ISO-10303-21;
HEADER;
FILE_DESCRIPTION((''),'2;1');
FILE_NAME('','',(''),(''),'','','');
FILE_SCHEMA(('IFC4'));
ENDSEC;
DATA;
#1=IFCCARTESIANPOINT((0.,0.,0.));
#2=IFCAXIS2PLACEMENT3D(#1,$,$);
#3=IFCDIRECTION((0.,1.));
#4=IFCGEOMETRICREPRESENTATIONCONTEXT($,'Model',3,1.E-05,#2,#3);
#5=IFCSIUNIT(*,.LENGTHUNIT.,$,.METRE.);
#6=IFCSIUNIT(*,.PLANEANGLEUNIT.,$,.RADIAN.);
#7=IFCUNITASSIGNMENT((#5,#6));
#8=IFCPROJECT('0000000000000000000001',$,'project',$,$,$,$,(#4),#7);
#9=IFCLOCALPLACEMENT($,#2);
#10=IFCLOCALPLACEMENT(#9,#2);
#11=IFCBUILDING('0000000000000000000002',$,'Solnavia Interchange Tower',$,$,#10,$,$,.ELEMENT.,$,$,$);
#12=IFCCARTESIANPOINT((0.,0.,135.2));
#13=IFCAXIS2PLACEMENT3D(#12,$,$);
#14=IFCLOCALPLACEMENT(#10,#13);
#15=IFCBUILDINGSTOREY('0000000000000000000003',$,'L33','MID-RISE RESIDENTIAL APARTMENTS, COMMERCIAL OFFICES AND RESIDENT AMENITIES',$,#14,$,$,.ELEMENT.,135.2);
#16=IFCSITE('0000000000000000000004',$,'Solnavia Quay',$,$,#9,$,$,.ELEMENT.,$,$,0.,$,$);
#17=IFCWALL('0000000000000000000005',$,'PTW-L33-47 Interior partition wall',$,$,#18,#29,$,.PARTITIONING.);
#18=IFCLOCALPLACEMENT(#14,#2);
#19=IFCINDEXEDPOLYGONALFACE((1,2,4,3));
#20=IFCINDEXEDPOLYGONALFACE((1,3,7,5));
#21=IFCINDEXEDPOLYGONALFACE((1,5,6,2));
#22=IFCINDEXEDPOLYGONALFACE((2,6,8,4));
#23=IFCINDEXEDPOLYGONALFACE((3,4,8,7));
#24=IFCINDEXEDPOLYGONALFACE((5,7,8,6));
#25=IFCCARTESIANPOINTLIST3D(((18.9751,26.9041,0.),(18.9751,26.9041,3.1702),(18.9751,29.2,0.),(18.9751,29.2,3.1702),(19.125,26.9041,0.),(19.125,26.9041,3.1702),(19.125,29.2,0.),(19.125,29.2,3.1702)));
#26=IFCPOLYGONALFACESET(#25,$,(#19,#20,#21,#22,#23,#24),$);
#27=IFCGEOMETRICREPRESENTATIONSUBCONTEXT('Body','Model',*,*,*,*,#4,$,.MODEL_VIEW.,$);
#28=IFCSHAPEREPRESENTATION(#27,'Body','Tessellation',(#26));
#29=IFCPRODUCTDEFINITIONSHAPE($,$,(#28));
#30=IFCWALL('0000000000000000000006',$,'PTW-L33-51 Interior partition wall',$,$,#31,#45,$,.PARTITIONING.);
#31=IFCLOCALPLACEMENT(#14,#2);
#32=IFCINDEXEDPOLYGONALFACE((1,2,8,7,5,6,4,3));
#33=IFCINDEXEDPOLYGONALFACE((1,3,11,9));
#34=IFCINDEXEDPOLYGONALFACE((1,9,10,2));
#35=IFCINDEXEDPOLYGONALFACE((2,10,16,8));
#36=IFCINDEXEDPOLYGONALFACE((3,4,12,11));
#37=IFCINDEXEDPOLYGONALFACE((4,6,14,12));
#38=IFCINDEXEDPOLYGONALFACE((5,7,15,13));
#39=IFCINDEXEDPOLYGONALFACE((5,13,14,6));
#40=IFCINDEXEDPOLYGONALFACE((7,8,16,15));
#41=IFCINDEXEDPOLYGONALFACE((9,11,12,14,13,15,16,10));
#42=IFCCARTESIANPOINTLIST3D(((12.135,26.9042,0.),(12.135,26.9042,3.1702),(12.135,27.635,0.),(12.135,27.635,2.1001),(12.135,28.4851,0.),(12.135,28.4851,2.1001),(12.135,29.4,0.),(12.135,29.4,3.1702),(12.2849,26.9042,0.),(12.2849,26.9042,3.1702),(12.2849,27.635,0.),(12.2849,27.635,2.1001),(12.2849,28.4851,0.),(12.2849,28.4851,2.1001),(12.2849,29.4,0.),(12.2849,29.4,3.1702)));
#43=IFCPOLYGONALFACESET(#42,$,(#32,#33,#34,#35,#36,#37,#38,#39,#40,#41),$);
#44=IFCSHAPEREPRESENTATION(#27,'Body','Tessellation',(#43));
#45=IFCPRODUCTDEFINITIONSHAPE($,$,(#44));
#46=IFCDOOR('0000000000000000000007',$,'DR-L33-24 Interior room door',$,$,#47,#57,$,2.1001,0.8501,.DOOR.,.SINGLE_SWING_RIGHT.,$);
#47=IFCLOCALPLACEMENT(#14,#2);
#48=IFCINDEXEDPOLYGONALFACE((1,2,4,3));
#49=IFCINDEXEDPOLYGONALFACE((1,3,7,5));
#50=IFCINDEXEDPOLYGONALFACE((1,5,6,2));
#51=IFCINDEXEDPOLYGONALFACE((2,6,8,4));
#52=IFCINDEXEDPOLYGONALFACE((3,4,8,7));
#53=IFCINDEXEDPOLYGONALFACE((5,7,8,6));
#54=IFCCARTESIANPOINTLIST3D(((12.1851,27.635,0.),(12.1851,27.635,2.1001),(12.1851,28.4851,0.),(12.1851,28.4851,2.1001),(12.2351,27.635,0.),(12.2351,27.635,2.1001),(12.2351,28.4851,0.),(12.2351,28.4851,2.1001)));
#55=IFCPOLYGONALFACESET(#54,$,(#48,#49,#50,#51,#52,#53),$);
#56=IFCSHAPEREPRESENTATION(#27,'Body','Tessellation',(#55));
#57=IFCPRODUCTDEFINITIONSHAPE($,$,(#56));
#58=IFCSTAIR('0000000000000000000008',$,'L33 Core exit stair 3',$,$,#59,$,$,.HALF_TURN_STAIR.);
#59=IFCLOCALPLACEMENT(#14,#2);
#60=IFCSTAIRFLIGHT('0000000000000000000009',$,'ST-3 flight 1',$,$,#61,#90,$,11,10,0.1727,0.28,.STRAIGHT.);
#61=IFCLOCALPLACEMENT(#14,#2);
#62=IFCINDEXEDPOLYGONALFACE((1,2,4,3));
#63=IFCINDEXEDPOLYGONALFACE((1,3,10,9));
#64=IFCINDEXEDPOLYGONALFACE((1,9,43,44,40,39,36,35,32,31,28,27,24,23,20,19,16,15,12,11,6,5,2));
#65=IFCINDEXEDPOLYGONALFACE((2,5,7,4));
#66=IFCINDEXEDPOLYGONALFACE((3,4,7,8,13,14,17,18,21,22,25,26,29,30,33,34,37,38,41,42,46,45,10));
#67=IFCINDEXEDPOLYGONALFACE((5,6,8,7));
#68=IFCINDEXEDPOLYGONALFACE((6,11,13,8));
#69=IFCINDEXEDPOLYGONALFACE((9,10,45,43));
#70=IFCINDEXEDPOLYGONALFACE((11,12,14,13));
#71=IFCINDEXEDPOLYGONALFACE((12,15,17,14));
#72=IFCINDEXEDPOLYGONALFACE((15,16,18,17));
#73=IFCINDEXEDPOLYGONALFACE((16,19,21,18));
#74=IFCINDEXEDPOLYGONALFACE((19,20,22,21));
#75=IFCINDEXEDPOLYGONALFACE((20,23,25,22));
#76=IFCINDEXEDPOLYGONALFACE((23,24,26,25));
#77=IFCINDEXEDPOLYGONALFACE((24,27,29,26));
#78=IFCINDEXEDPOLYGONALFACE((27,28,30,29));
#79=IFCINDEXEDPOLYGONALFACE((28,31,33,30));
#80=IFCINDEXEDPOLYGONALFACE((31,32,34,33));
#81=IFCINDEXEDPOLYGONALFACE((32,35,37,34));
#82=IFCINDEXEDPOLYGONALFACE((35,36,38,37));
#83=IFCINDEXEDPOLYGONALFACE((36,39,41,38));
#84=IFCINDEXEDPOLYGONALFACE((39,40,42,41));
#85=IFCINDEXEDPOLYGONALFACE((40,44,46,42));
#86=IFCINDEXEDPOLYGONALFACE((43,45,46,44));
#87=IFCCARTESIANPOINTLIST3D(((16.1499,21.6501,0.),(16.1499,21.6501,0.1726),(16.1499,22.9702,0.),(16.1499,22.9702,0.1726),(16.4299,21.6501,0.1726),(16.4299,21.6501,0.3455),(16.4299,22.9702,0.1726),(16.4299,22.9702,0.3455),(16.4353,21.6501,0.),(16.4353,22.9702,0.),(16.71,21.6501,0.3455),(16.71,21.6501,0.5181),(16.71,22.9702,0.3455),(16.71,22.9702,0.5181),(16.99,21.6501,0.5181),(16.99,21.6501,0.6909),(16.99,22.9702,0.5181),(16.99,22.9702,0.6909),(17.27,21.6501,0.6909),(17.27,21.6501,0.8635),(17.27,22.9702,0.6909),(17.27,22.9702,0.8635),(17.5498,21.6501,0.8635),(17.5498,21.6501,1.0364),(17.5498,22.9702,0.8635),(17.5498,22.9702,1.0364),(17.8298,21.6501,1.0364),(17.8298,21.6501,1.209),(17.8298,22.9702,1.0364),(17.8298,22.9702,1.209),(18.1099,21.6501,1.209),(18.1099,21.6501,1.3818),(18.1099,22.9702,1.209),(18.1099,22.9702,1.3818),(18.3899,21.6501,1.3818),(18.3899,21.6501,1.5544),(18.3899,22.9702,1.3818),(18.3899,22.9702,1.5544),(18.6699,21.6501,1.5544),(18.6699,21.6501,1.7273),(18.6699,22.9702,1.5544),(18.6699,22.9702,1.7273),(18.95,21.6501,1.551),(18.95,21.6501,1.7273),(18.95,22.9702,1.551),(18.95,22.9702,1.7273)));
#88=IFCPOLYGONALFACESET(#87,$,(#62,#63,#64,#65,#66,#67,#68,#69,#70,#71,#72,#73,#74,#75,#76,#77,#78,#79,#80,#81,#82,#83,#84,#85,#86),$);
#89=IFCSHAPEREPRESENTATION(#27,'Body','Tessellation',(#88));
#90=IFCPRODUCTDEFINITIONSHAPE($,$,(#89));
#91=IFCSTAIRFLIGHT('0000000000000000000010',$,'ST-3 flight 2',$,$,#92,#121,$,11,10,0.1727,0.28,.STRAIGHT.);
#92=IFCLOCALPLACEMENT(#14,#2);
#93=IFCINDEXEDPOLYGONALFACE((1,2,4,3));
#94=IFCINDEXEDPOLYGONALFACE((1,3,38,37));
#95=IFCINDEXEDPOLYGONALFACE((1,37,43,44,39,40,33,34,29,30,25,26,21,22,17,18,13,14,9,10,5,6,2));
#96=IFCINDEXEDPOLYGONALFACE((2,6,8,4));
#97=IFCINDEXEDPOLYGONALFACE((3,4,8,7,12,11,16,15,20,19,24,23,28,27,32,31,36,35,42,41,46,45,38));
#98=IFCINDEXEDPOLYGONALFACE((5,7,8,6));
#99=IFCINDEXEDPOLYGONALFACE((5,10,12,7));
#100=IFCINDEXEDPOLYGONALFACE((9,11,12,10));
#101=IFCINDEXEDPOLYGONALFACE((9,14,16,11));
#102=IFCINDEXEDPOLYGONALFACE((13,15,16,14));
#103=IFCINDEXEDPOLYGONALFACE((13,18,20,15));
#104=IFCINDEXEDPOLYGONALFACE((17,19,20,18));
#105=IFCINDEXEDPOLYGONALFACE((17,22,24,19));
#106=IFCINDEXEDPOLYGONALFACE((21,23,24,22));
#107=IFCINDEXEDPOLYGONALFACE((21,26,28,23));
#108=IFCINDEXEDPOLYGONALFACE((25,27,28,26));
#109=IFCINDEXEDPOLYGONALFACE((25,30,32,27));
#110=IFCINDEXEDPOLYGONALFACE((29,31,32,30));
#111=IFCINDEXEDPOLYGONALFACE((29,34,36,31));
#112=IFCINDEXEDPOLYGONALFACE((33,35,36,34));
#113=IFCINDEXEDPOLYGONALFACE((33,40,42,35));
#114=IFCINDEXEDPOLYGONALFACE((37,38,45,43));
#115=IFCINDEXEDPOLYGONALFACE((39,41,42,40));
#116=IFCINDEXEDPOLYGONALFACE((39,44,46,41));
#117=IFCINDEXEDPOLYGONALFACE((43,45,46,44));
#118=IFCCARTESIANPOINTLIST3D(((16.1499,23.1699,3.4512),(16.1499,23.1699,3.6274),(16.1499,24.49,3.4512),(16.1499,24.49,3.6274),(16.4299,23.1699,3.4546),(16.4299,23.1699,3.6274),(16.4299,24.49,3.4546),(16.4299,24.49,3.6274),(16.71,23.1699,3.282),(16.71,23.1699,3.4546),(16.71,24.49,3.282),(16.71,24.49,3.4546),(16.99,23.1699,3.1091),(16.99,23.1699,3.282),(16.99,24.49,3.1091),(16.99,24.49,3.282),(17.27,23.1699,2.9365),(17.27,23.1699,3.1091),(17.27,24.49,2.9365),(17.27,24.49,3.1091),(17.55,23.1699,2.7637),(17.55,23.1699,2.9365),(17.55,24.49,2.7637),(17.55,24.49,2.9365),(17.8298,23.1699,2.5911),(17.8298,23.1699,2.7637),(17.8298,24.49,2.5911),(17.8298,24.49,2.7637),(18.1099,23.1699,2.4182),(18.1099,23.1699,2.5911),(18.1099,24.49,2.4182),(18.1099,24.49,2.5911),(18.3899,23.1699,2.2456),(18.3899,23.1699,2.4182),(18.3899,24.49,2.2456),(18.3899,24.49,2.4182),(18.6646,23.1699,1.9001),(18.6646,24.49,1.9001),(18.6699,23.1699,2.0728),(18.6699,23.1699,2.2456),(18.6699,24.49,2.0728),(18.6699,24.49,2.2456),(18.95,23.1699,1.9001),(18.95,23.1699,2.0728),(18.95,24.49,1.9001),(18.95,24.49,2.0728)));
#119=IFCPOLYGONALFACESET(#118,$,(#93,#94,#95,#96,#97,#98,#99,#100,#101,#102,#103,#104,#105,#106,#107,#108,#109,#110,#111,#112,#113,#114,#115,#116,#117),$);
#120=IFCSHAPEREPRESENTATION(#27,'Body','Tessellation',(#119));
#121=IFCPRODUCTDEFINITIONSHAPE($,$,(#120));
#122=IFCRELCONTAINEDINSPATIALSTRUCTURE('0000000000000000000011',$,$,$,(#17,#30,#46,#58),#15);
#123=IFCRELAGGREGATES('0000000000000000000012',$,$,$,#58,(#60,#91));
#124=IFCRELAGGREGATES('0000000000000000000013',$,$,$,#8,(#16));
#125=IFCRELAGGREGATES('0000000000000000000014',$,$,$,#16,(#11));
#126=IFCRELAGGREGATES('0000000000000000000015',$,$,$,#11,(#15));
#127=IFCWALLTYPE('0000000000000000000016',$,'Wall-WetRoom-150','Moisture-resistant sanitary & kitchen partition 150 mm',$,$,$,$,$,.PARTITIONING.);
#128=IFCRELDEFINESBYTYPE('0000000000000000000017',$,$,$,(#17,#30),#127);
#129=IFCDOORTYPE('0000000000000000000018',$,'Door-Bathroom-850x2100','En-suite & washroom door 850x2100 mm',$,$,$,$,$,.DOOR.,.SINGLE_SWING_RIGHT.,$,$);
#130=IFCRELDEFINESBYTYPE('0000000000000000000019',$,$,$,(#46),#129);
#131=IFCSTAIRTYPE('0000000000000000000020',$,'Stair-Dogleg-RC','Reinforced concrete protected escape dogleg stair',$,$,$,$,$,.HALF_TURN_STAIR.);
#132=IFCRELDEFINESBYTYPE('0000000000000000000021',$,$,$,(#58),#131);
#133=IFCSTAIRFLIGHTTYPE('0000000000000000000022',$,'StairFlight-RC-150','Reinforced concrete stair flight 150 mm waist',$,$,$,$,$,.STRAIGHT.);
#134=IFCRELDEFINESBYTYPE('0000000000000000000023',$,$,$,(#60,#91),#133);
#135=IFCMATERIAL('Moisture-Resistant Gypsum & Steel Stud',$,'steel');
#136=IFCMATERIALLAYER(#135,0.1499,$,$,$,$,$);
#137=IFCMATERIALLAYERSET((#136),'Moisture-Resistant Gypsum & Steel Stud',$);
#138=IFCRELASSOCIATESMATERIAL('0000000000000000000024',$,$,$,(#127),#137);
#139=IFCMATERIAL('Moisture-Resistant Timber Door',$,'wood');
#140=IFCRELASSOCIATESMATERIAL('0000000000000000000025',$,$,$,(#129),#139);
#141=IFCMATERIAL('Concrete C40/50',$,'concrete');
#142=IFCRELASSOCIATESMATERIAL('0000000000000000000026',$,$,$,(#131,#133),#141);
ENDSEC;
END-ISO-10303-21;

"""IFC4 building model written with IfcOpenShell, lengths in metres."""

from ifc_helpers import new_model, si_unit, direction, frame, frame_2d, origin, place, context, subcontext, project, spatial, polyline, rectangle, outline, extrude, material, layer, layer_set, type_object, element, fill, aggregate, save


model = new_model("IFC4")

# Units and contexts
model_context = context("Model", 3, precision=1e-05, world=origin(), true_north=direction((0.0, 1.0)))
body_context = subcontext(model_context, "Body", "Model", "MODEL_VIEW")
ifc_project = project(units=[si_unit("LENGTHUNIT", "METRE"), si_unit("PLANEANGLEUNIT", "RADIAN")], contexts=[model_context])

# Site, building, storey
site_placement = place(None, origin())
site = spatial("IfcSite", under=ifc_project, at=site_placement, Name="Solnavia Quay", CompositionType="ELEMENT", RefElevation=0.0)
building_placement = place(site_placement, origin())
building = spatial("IfcBuilding", under=site, at=building_placement, Name="Solnavia Interchange Tower", CompositionType="ELEMENT")
storey_placement = place(building_placement, frame((0.0, 0.0, 135.2)))
storey = spatial("IfcBuildingStorey", under=building, at=storey_placement, Name="L33", Description="MID-RISE RESIDENTIAL APARTMENTS, COMMERCIAL OFFICES AND RESIDENT AMENITIES", CompositionType="ELEMENT", Elevation=135.2)

# Wall
ifc_material_1 = material(Name="Concrete C40/50", Category="concrete")
ifc_material_2 = material(Name="Moisture-Resistant Gypsum & Steel Stud", Category="steel")
ifc_layer_1 = layer(ifc_material_2, 0.1499)
ifc_layer_set_1 = layer_set([ifc_layer_1], Name="Moisture-Resistant Gypsum & Steel Stud")
wall_type_1 = type_object("IfcWallType", Name="Wall-WetRoom-150", Description="Moisture-resistant sanitary & kitchen partition 150 mm", PredefinedType="PARTITIONING", material=ifc_layer_set_1)
wall_1_placement = place(storey_placement, frame((19.05, 26.9041, 0.0), z_axis=(0.0, 0.0, 1.0), x_axis=(0.0, 1.0, 0.0)))
element("IfcWall", 1, at=wall_1_placement, inside=storey, type_object=wall_type_1, Name="PTW-L33-47 Interior partition wall", PredefinedType="PARTITIONING", context=body_context, shape_type="SweptSolid", body=[
    extrude(rectangle(XDim=2.2959, YDim=0.1499, at=frame_2d((1.1479, 0.0))), origin(), (0.0, 0.0, 1.0), 3.1702),
])

# Wall, opening, door
wall_2_placement = place(storey_placement, frame((12.21, 26.9041, 0.0), z_axis=(0.0, 0.0, 1.0), x_axis=(0.0, 1.0, 0.0)))
wall_2 = element("IfcWall", 2, at=wall_2_placement, inside=storey, type_object=wall_type_1, Name="PTW-L33-51 Interior partition wall", PredefinedType="PARTITIONING", context=body_context, shape_type="SweptSolid", body=[
    extrude(rectangle(XDim=2.4958, YDim=0.1499, at=frame_2d((1.248, 0.0))), origin(), (0.0, 0.0, 1.0), 3.1702),
])
opening_placement = place(wall_2_placement, frame((0.731, 0.0, 0.0)))
opening = element("IfcOpeningElement", 3, at=opening_placement, cuts=wall_2, PredefinedType="OPENING", context=body_context, shape_type="SweptSolid", body=[
    extrude(rectangle(XDim=0.8501, YDim=2.1001, at=frame_2d((0.425, 1.05))), frame((0.0, 0.085, 0.0), z_axis=(0.0, -1.0, 0.0), x_axis=(1.0, 0.0, 0.0)), (0.0, 0.0, 1.0), 0.1699),
])
ifc_material_3 = material(Name="Moisture-Resistant Timber Door", Category="wood")
door_type = type_object("IfcDoorType", Name="Door-Bathroom-850x2100", Description="En-suite & washroom door 850x2100 mm", OperationType="SINGLE_SWING_RIGHT", PredefinedType="DOOR", material=ifc_material_3)
door_placement = place(opening_placement, origin())
door = element("IfcDoor", 4, at=door_placement, inside=storey, type_object=door_type, Name="DR-L33-24 Interior room door", OperationType="SINGLE_SWING_RIGHT", OverallHeight=2.1001, OverallWidth=0.8501, PredefinedType="DOOR", context=body_context, shape_type="SweptSolid", body=[
    extrude(rectangle(XDim=0.8501, YDim=2.1001, at=frame_2d((0.425, 1.05))), frame((0.0, 0.0249, 0.0), z_axis=(0.0, -1.0, 0.0), x_axis=(1.0, 0.0, 0.0)), (0.0, 0.0, 1.0), 0.05),
])
fill(opening, door)

# Stair, stair flights
stair_type = type_object("IfcStairType", Name="Stair-Dogleg-RC", Description="Reinforced concrete protected escape dogleg stair", PredefinedType="HALF_TURN_STAIR", material=ifc_material_1)
stair_placement = place(storey_placement, origin())
stair = element("IfcStair", 5, at=stair_placement, inside=storey, type_object=stair_type, Name="L33 Core exit stair 3", PredefinedType="HALF_TURN_STAIR")
stair_flight_type = type_object("IfcStairFlightType", Name="StairFlight-RC-150", Description="Reinforced concrete stair flight 150 mm waist", PredefinedType="STRAIGHT", material=ifc_material_1)
stair_flight_1_placement = place(storey_placement, frame((16.1499, 22.3101, 0.0), z_axis=(0.0, 0.0, 1.0), x_axis=(1.0, 0.0, 0.0)))
stair_flight_1 = element("IfcStairFlight", 6, at=stair_flight_1_placement, type_object=stair_flight_type, Name="ST-3 flight 1", NumberOfRisers=11, NumberOfTreads=10, PredefinedType="STRAIGHT", RiserHeight=0.1727, TreadLength=0.28, context=body_context, shape_type="SweptSolid", body=[
    extrude(outline(polyline([(0.0, 0.0), (0.0, 0.1726), (0.28, 0.1726), (0.28, 0.3455), (0.5601, 0.3455), (0.5601, 0.5181), (0.8401, 0.5181), (0.8401, 0.6909), (1.1201, 0.6909), (1.1201, 0.8635), (1.3999, 0.8635), (1.3999, 1.0364), (1.6799, 1.0364), (1.6799, 1.209), (1.96, 1.209), (1.96, 1.3818), (2.24, 1.3818), (2.24, 1.5544), (2.52, 1.5544), (2.52, 1.7273), (2.8, 1.7273), (2.8, 1.8999), (2.8, 1.551), (0.2854, 0.0), (0.0, 0.0)])), frame((0.0, 0.6602, 0.0), z_axis=(0.0, -1.0, 0.0), x_axis=(1.0, 0.0, 0.0)), (0.0, 0.0, 1.0), 1.3201),
])
stair_flight_2_placement = place(storey_placement, frame((18.95, 23.8301, 1.9001), z_axis=(0.0, 0.0, 1.0), x_axis=(-1.0, 0.0, 0.0)))
stair_flight_2 = element("IfcStairFlight", 7, at=stair_flight_2_placement, type_object=stair_flight_type, Name="ST-3 flight 2", NumberOfRisers=11, NumberOfTreads=10, PredefinedType="STRAIGHT", RiserHeight=0.1727, TreadLength=0.28, context=body_context, shape_type="SweptSolid", body=[
    extrude(outline(polyline([(0.0, 0.0), (0.0, 0.1726), (0.28, 0.1726), (0.28, 0.3455), (0.5601, 0.3455), (0.5601, 0.5181), (0.8401, 0.5181), (0.8401, 0.6909), (1.1201, 0.6909), (1.1201, 0.8635), (1.3999, 0.8635), (1.3999, 1.0364), (1.6799, 1.0364), (1.6799, 1.209), (1.96, 1.209), (1.96, 1.3818), (2.24, 1.3818), (2.24, 1.5544), (2.52, 1.5544), (2.52, 1.7273), (2.8, 1.7273), (2.8, 1.8999), (2.8, 1.551), (0.2854, 0.0), (0.0, 0.0)])), frame((0.0, 0.6602, 0.0), z_axis=(0.0, -1.0, 0.0), x_axis=(1.0, 0.0, 0.0)), (0.0, 0.0, 1.0), 1.3201),
])
aggregate(stair, [stair_flight_1, stair_flight_2])

save(model, "model.ifc")
